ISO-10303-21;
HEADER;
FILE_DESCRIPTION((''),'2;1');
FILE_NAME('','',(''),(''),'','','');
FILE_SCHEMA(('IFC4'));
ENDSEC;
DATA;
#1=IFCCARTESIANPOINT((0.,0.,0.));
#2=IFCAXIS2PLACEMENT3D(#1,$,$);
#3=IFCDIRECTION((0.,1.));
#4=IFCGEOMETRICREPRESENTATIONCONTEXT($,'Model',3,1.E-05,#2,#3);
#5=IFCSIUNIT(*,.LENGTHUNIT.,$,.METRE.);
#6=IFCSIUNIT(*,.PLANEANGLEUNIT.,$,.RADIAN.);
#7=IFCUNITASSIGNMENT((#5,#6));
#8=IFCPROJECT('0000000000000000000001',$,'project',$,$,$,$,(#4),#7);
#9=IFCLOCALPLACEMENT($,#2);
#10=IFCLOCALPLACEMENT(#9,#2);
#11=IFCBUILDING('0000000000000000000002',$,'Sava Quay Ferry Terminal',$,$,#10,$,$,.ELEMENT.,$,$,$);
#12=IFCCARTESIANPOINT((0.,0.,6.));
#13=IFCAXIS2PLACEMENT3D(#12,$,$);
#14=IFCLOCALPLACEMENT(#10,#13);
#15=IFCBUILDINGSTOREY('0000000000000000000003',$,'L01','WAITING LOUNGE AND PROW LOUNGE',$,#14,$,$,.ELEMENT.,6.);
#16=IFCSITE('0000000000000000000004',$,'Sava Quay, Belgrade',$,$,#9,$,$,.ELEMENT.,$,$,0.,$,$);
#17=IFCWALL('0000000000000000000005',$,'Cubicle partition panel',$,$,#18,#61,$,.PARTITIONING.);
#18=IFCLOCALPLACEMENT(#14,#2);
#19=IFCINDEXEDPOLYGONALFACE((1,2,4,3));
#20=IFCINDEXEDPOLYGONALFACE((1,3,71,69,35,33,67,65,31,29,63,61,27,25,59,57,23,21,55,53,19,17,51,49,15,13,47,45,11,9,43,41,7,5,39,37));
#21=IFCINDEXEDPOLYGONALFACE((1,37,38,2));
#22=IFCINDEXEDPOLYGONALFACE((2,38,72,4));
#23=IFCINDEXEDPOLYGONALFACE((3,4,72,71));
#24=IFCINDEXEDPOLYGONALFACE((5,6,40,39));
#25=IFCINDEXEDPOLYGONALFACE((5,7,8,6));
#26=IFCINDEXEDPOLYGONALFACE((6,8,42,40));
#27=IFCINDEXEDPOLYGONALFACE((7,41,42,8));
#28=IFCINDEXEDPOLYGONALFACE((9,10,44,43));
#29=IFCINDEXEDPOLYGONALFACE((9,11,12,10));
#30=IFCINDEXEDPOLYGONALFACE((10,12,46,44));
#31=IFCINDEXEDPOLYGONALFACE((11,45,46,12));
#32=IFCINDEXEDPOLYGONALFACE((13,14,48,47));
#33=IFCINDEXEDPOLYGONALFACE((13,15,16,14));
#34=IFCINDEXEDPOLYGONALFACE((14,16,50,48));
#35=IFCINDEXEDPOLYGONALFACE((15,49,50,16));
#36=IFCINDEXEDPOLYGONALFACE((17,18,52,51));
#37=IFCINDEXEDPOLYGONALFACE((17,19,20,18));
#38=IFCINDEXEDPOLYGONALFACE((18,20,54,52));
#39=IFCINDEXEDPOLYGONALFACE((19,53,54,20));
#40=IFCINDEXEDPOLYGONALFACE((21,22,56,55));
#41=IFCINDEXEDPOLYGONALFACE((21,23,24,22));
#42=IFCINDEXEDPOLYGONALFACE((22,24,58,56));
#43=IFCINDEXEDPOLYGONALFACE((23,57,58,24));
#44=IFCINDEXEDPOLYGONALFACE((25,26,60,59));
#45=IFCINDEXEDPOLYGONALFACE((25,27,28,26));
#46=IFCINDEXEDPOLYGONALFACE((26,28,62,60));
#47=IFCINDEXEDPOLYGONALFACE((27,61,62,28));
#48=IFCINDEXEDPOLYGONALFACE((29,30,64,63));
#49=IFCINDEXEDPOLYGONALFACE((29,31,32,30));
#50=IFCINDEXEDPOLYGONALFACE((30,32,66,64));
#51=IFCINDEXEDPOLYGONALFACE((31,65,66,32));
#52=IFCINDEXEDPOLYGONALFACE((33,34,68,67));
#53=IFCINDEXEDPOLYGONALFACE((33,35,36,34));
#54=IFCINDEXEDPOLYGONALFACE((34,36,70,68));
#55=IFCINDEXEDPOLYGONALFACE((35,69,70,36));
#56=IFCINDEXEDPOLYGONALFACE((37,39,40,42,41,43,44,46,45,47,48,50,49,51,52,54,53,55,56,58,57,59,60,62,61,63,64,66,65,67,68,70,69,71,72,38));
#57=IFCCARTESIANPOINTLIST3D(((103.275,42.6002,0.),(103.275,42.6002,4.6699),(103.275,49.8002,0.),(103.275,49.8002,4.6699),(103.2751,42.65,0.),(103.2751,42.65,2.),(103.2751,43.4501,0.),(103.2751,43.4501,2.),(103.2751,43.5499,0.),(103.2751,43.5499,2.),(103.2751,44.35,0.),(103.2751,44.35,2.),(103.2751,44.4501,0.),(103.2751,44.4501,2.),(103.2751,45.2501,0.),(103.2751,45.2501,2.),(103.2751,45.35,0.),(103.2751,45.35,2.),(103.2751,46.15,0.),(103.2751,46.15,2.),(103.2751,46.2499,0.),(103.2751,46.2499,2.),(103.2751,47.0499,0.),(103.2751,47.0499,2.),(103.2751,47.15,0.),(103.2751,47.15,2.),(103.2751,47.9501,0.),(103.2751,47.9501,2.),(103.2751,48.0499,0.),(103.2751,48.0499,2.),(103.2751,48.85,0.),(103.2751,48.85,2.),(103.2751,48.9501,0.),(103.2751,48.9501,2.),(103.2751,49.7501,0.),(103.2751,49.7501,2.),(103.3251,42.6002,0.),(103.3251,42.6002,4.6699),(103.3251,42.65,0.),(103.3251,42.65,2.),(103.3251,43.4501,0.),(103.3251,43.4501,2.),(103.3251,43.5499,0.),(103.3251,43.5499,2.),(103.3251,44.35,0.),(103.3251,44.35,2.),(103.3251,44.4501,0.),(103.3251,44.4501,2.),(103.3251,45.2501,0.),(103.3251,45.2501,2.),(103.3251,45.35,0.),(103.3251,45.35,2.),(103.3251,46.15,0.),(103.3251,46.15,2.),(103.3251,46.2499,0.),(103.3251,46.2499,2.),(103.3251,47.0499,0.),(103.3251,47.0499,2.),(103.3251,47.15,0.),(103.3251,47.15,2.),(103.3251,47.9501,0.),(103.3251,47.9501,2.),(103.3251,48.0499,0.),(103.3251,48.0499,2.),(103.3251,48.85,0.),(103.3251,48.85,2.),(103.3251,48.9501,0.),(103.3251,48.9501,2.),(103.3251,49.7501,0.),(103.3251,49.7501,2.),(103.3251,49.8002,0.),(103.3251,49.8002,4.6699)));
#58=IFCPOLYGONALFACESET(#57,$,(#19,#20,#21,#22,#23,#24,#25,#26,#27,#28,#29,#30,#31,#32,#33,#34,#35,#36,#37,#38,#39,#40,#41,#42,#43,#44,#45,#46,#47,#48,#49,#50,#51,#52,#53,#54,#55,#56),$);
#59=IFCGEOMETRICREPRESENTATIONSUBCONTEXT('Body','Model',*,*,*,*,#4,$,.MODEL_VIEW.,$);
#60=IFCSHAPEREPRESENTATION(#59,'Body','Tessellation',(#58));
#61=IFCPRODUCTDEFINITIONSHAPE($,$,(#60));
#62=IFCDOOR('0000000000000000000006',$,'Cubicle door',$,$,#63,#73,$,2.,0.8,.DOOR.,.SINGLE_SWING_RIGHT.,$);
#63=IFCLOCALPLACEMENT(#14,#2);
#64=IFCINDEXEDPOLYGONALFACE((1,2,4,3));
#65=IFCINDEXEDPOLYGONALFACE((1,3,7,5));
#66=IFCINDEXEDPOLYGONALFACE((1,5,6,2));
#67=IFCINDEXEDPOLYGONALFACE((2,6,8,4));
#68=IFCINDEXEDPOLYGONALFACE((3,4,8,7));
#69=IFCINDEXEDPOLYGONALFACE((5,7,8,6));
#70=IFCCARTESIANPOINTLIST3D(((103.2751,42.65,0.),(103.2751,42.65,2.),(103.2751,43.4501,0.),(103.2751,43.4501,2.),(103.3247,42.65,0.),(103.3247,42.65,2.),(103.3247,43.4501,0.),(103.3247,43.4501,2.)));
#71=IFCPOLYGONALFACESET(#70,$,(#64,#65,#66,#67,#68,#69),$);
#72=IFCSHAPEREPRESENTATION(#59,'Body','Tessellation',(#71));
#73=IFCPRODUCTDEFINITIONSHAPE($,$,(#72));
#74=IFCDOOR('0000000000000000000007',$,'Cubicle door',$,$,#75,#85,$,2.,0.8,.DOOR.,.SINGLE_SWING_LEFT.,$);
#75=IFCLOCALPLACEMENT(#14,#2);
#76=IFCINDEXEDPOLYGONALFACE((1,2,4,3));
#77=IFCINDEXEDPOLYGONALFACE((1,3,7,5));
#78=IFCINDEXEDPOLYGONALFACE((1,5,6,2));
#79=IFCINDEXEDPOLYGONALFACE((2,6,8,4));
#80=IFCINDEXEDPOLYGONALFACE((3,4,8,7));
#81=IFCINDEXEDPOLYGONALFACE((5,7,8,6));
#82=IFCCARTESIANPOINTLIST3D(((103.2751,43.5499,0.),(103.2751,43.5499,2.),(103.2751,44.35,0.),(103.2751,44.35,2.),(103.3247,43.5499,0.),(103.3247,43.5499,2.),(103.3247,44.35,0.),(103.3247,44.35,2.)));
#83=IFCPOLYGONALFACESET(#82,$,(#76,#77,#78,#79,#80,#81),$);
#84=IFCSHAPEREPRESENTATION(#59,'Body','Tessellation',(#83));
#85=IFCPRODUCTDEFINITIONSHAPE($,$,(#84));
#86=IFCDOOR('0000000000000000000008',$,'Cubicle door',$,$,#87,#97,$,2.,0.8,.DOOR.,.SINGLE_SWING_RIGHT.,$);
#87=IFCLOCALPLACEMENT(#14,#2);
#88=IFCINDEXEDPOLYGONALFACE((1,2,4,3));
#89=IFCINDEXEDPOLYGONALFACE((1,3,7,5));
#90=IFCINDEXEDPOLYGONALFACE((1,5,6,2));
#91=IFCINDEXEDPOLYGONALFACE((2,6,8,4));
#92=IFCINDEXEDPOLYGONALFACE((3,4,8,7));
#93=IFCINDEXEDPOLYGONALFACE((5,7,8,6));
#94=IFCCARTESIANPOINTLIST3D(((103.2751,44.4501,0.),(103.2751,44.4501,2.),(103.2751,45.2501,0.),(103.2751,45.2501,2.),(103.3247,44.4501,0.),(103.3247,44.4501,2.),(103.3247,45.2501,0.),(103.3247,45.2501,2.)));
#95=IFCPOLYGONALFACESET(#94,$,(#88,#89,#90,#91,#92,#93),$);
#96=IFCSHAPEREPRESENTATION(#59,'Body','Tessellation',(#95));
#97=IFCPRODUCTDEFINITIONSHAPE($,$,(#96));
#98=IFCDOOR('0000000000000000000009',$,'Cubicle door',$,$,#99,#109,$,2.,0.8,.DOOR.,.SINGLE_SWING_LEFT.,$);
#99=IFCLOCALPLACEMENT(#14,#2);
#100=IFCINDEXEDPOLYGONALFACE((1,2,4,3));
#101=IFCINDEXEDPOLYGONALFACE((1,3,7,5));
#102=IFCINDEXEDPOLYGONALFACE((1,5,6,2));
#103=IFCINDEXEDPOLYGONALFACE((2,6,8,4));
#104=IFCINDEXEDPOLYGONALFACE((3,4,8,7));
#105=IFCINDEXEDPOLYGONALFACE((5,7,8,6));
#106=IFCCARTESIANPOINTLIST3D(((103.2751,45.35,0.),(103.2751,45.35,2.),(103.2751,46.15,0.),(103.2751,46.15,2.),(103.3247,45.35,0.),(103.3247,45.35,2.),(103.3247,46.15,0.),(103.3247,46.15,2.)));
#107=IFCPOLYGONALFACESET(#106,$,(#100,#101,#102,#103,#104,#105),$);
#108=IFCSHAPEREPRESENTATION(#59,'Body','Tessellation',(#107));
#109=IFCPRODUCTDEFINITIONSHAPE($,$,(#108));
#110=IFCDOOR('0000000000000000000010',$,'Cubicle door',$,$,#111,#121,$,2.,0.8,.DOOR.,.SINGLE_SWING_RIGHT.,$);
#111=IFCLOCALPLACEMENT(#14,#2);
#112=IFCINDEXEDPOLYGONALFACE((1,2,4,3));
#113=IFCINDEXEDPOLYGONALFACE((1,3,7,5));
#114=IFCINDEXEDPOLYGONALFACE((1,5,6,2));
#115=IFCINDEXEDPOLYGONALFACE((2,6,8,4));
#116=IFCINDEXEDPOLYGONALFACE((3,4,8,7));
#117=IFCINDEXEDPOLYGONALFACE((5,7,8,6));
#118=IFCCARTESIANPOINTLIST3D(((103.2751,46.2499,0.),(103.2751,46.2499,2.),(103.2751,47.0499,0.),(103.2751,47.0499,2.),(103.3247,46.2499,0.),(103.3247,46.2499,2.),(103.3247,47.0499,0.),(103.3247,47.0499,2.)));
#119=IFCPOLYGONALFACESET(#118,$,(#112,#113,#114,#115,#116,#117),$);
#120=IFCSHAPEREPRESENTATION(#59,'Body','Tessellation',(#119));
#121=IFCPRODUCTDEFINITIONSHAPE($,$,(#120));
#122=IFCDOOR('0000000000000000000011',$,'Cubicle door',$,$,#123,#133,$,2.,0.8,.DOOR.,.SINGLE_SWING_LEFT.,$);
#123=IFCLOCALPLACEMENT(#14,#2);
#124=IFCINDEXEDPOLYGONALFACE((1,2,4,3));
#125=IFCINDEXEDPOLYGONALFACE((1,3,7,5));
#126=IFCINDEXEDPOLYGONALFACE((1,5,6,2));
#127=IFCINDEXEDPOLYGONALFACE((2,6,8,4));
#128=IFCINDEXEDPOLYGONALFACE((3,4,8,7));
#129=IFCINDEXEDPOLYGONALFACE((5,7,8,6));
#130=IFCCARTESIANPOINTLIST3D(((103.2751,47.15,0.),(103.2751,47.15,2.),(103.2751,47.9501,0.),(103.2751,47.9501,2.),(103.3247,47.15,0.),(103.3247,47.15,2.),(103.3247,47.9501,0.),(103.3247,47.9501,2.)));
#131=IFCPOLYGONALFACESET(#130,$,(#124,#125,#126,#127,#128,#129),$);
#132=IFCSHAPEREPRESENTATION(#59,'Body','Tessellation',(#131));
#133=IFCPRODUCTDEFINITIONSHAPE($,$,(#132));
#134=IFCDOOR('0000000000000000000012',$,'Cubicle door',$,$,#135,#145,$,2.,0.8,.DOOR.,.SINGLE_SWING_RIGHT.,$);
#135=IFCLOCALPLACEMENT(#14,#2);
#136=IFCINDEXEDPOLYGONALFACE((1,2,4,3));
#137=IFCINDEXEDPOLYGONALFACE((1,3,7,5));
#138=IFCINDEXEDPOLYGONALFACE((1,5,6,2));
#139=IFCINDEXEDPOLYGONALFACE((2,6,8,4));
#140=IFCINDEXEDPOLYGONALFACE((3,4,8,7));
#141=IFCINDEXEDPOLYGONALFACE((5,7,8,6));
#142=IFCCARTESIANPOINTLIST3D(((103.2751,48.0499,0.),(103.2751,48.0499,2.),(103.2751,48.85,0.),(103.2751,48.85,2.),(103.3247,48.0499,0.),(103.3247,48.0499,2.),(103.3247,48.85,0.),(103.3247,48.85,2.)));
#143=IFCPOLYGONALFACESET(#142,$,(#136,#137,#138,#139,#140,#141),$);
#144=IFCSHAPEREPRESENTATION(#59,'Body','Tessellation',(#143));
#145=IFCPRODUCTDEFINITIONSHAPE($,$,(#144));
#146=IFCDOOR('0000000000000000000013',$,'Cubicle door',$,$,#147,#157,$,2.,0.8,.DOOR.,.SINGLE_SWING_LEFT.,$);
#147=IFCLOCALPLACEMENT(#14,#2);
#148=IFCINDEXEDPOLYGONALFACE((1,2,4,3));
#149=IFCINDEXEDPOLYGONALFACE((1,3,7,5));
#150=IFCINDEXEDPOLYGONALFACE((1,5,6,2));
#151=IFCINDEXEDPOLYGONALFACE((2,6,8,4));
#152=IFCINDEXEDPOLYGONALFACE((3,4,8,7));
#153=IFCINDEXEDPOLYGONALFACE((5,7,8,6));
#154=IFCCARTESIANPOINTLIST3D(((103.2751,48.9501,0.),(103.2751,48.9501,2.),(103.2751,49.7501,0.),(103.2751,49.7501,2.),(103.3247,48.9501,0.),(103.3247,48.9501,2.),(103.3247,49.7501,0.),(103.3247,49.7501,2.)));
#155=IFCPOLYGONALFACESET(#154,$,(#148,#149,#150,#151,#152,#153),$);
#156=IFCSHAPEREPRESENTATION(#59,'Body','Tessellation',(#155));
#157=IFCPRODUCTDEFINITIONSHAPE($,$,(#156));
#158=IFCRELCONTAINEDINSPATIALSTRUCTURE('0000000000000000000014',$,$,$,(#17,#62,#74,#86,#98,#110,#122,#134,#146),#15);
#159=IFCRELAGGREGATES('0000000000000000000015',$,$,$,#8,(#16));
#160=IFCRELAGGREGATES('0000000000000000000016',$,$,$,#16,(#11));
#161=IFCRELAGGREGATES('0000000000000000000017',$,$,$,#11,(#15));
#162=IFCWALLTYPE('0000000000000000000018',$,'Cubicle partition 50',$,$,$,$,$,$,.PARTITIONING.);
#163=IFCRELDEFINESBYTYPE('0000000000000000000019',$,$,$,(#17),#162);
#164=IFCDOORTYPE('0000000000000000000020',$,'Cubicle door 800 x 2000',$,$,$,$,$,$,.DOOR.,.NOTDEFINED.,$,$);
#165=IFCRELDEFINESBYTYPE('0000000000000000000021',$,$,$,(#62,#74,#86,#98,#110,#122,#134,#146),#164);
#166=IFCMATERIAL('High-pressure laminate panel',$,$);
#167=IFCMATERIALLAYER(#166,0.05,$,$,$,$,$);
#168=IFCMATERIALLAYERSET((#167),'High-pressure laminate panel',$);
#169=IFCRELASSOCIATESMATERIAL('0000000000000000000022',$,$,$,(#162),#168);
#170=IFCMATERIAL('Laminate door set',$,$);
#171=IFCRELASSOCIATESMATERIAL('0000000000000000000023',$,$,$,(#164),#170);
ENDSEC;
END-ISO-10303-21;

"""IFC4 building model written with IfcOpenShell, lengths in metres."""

from ifc_helpers import new_model, si_unit, direction, frame, frame_2d, origin, place, context, subcontext, project, spatial, rectangle, extrude, material, layer, layer_set, type_object, element, fill, save


model = new_model("IFC4")

# Units and contexts
model_context = context("Model", 3, precision=1e-05, world=origin(), true_north=direction((0.0, 1.0)))
body_context = subcontext(model_context, "Body", "Model", "MODEL_VIEW")
ifc_project = project(units=[si_unit("LENGTHUNIT", "METRE"), si_unit("PLANEANGLEUNIT", "RADIAN")], contexts=[model_context])

# Site, building, storey
site_placement = place(None, origin())
site = spatial("IfcSite", under=ifc_project, at=site_placement, Name="Sava Quay, Belgrade", CompositionType="ELEMENT", RefElevation=0.0)
building_placement = place(site_placement, origin())
building = spatial("IfcBuilding", under=site, at=building_placement, Name="Sava Quay Ferry Terminal", CompositionType="ELEMENT")
storey_placement = place(building_placement, frame((0.0, 0.0, 6.0)))
storey = spatial("IfcBuildingStorey", under=building, at=storey_placement, Name="L01", Description="WAITING LOUNGE AND PROW LOUNGE", CompositionType="ELEMENT", Elevation=6.0)

# Wall, openings, doors
ifc_material_1 = material(Name="High-pressure laminate panel")
ifc_layer_1 = layer(ifc_material_1, 0.05)
ifc_layer_set_1 = layer_set([ifc_layer_1], Name="High-pressure laminate panel")
wall_type_1 = type_object("IfcWallType", Name="Cubicle partition 50", PredefinedType="PARTITIONING", material=ifc_layer_set_1)
wall_1_placement = place(storey_placement, frame((103.3, 42.6001, 0.0), z_axis=(0.0, 0.0, 1.0), x_axis=(0.0, 1.0, 0.0)))
wall_1 = element("IfcWall", 1, at=wall_1_placement, inside=storey, type_object=wall_type_1, Name="Cubicle partition panel", PredefinedType="PARTITIONING", context=body_context, shape_type="SweptSolid", body=[
    extrude(rectangle(XDim=7.2, YDim=0.05, at=frame_2d((3.6001, 0.0))), origin(), (0.0, 0.0, 1.0), 4.6699),
])
opening_1_placement = place(wall_1_placement, frame((0.05, 0.0, 0.0)))
opening_1 = element("IfcOpeningElement", 2, at=opening_1_placement, cuts=wall_1, PredefinedType="OPENING", context=body_context, shape_type="SweptSolid", body=[
    extrude(rectangle(XDim=0.8, YDim=2.0, at=frame_2d((0.3999, 1.0))), frame((0.0, 0.0249, 0.0), z_axis=(0.0, -1.0, 0.0), x_axis=(1.0, 0.0, 0.0)), (0.0, 0.0, 1.0), 0.05),
])
opening_2_placement = place(wall_1_placement, frame((0.95, 0.0, 0.0)))
opening_2 = element("IfcOpeningElement", 3, at=opening_2_placement, cuts=wall_1, PredefinedType="OPENING", context=body_context, shape_type="SweptSolid", body=[
    extrude(rectangle(XDim=0.8, YDim=2.0, at=frame_2d((0.3999, 1.0))), frame((0.0, 0.0249, 0.0), z_axis=(0.0, -1.0, 0.0), x_axis=(1.0, 0.0, 0.0)), (0.0, 0.0, 1.0), 0.05),
])
opening_3_placement = place(wall_1_placement, frame((1.8501, 0.0, 0.0)))
opening_3 = element("IfcOpeningElement", 4, at=opening_3_placement, cuts=wall_1, PredefinedType="OPENING", context=body_context, shape_type="SweptSolid", body=[
    extrude(rectangle(XDim=0.8, YDim=2.0, at=frame_2d((0.3999, 1.0))), frame((0.0, 0.0249, 0.0), z_axis=(0.0, -1.0, 0.0), x_axis=(1.0, 0.0, 0.0)), (0.0, 0.0, 1.0), 0.05),
])
opening_4_placement = place(wall_1_placement, frame((2.75, 0.0, 0.0)))
opening_4 = element("IfcOpeningElement", 5, at=opening_4_placement, cuts=wall_1, PredefinedType="OPENING", context=body_context, shape_type="SweptSolid", body=[
    extrude(rectangle(XDim=0.8, YDim=2.0, at=frame_2d((0.3999, 1.0))), frame((0.0, 0.0249, 0.0), z_axis=(0.0, -1.0, 0.0), x_axis=(1.0, 0.0, 0.0)), (0.0, 0.0, 1.0), 0.05),
])
opening_5_placement = place(wall_1_placement, frame((3.6499, 0.0, 0.0)))
opening_5 = element("IfcOpeningElement", 6, at=opening_5_placement, cuts=wall_1, PredefinedType="OPENING", context=body_context, shape_type="SweptSolid", body=[
    extrude(rectangle(XDim=0.8, YDim=2.0, at=frame_2d((0.3999, 1.0))), frame((0.0, 0.0249, 0.0), z_axis=(0.0, -1.0, 0.0), x_axis=(1.0, 0.0, 0.0)), (0.0, 0.0, 1.0), 0.05),
])
opening_6_placement = place(wall_1_placement, frame((4.55, 0.0, 0.0)))
opening_6 = element("IfcOpeningElement", 7, at=opening_6_placement, cuts=wall_1, PredefinedType="OPENING", context=body_context, shape_type="SweptSolid", body=[
    extrude(rectangle(XDim=0.8, YDim=2.0, at=frame_2d((0.3999, 1.0))), frame((0.0, 0.0249, 0.0), z_axis=(0.0, -1.0, 0.0), x_axis=(1.0, 0.0, 0.0)), (0.0, 0.0, 1.0), 0.05),
])
opening_7_placement = place(wall_1_placement, frame((5.45, 0.0, 0.0)))
opening_7 = element("IfcOpeningElement", 8, at=opening_7_placement, cuts=wall_1, PredefinedType="OPENING", context=body_context, shape_type="SweptSolid", body=[
    extrude(rectangle(XDim=0.8, YDim=2.0, at=frame_2d((0.3999, 1.0))), frame((0.0, 0.0249, 0.0), z_axis=(0.0, -1.0, 0.0), x_axis=(1.0, 0.0, 0.0)), (0.0, 0.0, 1.0), 0.05),
])
opening_8_placement = place(wall_1_placement, frame((6.3501, 0.0, 0.0)))
opening_8 = element("IfcOpeningElement", 9, at=opening_8_placement, cuts=wall_1, PredefinedType="OPENING", context=body_context, shape_type="SweptSolid", body=[
    extrude(rectangle(XDim=0.8, YDim=2.0, at=frame_2d((0.3999, 1.0))), frame((0.0, 0.0249, 0.0), z_axis=(0.0, -1.0, 0.0), x_axis=(1.0, 0.0, 0.0)), (0.0, 0.0, 1.0), 0.05),
])
ifc_material_2 = material(Name="Laminate door set")
door_type_1 = type_object("IfcDoorType", Name="Cubicle door 800 x 2000", OperationType="NOTDEFINED", PredefinedType="DOOR", material=ifc_material_2)
door_1_placement = place(opening_1_placement, origin())
door_1 = element("IfcDoor", 10, at=door_1_placement, inside=storey, type_object=door_type_1, Name="Cubicle door", OperationType="SINGLE_SWING_RIGHT", OverallHeight=2.0, OverallWidth=0.8, PredefinedType="DOOR", context=body_context, shape_type="SweptSolid", body=[
    extrude(rectangle(XDim=0.8, YDim=2.0, at=frame_2d((0.3999, 1.0))), frame((0.0, 0.0249, 0.0), z_axis=(0.0, -1.0, 0.0), x_axis=(1.0, 0.0, 0.0)), (0.0, 0.0, 1.0), 0.0496),
])
fill(opening_1, door_1)
door_2_placement = place(opening_2_placement, origin())
door_2 = element("IfcDoor", 11, at=door_2_placement, inside=storey, type_object=door_type_1, Name="Cubicle door", OperationType="SINGLE_SWING_LEFT", OverallHeight=2.0, OverallWidth=0.8, PredefinedType="DOOR", context=body_context, shape_type="SweptSolid", body=[
    extrude(rectangle(XDim=0.8, YDim=2.0, at=frame_2d((0.3999, 1.0))), frame((0.0, 0.0249, 0.0), z_axis=(0.0, -1.0, 0.0), x_axis=(1.0, 0.0, 0.0)), (0.0, 0.0, 1.0), 0.0496),
])
fill(opening_2, door_2)
door_3_placement = place(opening_3_placement, origin())
door_3 = element("IfcDoor", 12, at=door_3_placement, inside=storey, type_object=door_type_1, Name="Cubicle door", OperationType="SINGLE_SWING_RIGHT", OverallHeight=2.0, OverallWidth=0.8, PredefinedType="DOOR", context=body_context, shape_type="SweptSolid", body=[
    extrude(rectangle(XDim=0.8, YDim=2.0, at=frame_2d((0.3999, 1.0))), frame((0.0, 0.0249, 0.0), z_axis=(0.0, -1.0, 0.0), x_axis=(1.0, 0.0, 0.0)), (0.0, 0.0, 1.0), 0.0496),
])
fill(opening_3, door_3)
door_4_placement = place(opening_4_placement, origin())
door_4 = element("IfcDoor", 13, at=door_4_placement, inside=storey, type_object=door_type_1, Name="Cubicle door", OperationType="SINGLE_SWING_LEFT", OverallHeight=2.0, OverallWidth=0.8, PredefinedType="DOOR", context=body_context, shape_type="SweptSolid", body=[
    extrude(rectangle(XDim=0.8, YDim=2.0, at=frame_2d((0.3999, 1.0))), frame((0.0, 0.0249, 0.0), z_axis=(0.0, -1.0, 0.0), x_axis=(1.0, 0.0, 0.0)), (0.0, 0.0, 1.0), 0.0496),
])
fill(opening_4, door_4)
door_5_placement = place(opening_5_placement, origin())
door_5 = element("IfcDoor", 14, at=door_5_placement, inside=storey, type_object=door_type_1, Name="Cubicle door", OperationType="SINGLE_SWING_RIGHT", OverallHeight=2.0, OverallWidth=0.8, PredefinedType="DOOR", context=body_context, shape_type="SweptSolid", body=[
    extrude(rectangle(XDim=0.8, YDim=2.0, at=frame_2d((0.3999, 1.0))), frame((0.0, 0.0249, 0.0), z_axis=(0.0, -1.0, 0.0), x_axis=(1.0, 0.0, 0.0)), (0.0, 0.0, 1.0), 0.0496),
])
fill(opening_5, door_5)
door_6_placement = place(opening_6_placement, origin())
door_6 = element("IfcDoor", 15, at=door_6_placement, inside=storey, type_object=door_type_1, Name="Cubicle door", OperationType="SINGLE_SWING_LEFT", OverallHeight=2.0, OverallWidth=0.8, PredefinedType="DOOR", context=body_context, shape_type="SweptSolid", body=[
    extrude(rectangle(XDim=0.8, YDim=2.0, at=frame_2d((0.3999, 1.0))), frame((0.0, 0.0249, 0.0), z_axis=(0.0, -1.0, 0.0), x_axis=(1.0, 0.0, 0.0)), (0.0, 0.0, 1.0), 0.0496),
])
fill(opening_6, door_6)
door_7_placement = place(opening_7_placement, origin())
door_7 = element("IfcDoor", 16, at=door_7_placement, inside=storey, type_object=door_type_1, Name="Cubicle door", OperationType="SINGLE_SWING_RIGHT", OverallHeight=2.0, OverallWidth=0.8, PredefinedType="DOOR", context=body_context, shape_type="SweptSolid", body=[
    extrude(rectangle(XDim=0.8, YDim=2.0, at=frame_2d((0.3999, 1.0))), frame((0.0, 0.0249, 0.0), z_axis=(0.0, -1.0, 0.0), x_axis=(1.0, 0.0, 0.0)), (0.0, 0.0, 1.0), 0.0496),
])
fill(opening_7, door_7)
door_8_placement = place(opening_8_placement, origin())
door_8 = element("IfcDoor", 17, at=door_8_placement, inside=storey, type_object=door_type_1, Name="Cubicle door", OperationType="SINGLE_SWING_LEFT", OverallHeight=2.0, OverallWidth=0.8, PredefinedType="DOOR", context=body_context, shape_type="SweptSolid", body=[
    extrude(rectangle(XDim=0.8, YDim=2.0, at=frame_2d((0.3999, 1.0))), frame((0.0, 0.0249, 0.0), z_axis=(0.0, -1.0, 0.0), x_axis=(1.0, 0.0, 0.0)), (0.0, 0.0, 1.0), 0.0496),
])
fill(opening_8, door_8)

save(model, "model.ifc")
